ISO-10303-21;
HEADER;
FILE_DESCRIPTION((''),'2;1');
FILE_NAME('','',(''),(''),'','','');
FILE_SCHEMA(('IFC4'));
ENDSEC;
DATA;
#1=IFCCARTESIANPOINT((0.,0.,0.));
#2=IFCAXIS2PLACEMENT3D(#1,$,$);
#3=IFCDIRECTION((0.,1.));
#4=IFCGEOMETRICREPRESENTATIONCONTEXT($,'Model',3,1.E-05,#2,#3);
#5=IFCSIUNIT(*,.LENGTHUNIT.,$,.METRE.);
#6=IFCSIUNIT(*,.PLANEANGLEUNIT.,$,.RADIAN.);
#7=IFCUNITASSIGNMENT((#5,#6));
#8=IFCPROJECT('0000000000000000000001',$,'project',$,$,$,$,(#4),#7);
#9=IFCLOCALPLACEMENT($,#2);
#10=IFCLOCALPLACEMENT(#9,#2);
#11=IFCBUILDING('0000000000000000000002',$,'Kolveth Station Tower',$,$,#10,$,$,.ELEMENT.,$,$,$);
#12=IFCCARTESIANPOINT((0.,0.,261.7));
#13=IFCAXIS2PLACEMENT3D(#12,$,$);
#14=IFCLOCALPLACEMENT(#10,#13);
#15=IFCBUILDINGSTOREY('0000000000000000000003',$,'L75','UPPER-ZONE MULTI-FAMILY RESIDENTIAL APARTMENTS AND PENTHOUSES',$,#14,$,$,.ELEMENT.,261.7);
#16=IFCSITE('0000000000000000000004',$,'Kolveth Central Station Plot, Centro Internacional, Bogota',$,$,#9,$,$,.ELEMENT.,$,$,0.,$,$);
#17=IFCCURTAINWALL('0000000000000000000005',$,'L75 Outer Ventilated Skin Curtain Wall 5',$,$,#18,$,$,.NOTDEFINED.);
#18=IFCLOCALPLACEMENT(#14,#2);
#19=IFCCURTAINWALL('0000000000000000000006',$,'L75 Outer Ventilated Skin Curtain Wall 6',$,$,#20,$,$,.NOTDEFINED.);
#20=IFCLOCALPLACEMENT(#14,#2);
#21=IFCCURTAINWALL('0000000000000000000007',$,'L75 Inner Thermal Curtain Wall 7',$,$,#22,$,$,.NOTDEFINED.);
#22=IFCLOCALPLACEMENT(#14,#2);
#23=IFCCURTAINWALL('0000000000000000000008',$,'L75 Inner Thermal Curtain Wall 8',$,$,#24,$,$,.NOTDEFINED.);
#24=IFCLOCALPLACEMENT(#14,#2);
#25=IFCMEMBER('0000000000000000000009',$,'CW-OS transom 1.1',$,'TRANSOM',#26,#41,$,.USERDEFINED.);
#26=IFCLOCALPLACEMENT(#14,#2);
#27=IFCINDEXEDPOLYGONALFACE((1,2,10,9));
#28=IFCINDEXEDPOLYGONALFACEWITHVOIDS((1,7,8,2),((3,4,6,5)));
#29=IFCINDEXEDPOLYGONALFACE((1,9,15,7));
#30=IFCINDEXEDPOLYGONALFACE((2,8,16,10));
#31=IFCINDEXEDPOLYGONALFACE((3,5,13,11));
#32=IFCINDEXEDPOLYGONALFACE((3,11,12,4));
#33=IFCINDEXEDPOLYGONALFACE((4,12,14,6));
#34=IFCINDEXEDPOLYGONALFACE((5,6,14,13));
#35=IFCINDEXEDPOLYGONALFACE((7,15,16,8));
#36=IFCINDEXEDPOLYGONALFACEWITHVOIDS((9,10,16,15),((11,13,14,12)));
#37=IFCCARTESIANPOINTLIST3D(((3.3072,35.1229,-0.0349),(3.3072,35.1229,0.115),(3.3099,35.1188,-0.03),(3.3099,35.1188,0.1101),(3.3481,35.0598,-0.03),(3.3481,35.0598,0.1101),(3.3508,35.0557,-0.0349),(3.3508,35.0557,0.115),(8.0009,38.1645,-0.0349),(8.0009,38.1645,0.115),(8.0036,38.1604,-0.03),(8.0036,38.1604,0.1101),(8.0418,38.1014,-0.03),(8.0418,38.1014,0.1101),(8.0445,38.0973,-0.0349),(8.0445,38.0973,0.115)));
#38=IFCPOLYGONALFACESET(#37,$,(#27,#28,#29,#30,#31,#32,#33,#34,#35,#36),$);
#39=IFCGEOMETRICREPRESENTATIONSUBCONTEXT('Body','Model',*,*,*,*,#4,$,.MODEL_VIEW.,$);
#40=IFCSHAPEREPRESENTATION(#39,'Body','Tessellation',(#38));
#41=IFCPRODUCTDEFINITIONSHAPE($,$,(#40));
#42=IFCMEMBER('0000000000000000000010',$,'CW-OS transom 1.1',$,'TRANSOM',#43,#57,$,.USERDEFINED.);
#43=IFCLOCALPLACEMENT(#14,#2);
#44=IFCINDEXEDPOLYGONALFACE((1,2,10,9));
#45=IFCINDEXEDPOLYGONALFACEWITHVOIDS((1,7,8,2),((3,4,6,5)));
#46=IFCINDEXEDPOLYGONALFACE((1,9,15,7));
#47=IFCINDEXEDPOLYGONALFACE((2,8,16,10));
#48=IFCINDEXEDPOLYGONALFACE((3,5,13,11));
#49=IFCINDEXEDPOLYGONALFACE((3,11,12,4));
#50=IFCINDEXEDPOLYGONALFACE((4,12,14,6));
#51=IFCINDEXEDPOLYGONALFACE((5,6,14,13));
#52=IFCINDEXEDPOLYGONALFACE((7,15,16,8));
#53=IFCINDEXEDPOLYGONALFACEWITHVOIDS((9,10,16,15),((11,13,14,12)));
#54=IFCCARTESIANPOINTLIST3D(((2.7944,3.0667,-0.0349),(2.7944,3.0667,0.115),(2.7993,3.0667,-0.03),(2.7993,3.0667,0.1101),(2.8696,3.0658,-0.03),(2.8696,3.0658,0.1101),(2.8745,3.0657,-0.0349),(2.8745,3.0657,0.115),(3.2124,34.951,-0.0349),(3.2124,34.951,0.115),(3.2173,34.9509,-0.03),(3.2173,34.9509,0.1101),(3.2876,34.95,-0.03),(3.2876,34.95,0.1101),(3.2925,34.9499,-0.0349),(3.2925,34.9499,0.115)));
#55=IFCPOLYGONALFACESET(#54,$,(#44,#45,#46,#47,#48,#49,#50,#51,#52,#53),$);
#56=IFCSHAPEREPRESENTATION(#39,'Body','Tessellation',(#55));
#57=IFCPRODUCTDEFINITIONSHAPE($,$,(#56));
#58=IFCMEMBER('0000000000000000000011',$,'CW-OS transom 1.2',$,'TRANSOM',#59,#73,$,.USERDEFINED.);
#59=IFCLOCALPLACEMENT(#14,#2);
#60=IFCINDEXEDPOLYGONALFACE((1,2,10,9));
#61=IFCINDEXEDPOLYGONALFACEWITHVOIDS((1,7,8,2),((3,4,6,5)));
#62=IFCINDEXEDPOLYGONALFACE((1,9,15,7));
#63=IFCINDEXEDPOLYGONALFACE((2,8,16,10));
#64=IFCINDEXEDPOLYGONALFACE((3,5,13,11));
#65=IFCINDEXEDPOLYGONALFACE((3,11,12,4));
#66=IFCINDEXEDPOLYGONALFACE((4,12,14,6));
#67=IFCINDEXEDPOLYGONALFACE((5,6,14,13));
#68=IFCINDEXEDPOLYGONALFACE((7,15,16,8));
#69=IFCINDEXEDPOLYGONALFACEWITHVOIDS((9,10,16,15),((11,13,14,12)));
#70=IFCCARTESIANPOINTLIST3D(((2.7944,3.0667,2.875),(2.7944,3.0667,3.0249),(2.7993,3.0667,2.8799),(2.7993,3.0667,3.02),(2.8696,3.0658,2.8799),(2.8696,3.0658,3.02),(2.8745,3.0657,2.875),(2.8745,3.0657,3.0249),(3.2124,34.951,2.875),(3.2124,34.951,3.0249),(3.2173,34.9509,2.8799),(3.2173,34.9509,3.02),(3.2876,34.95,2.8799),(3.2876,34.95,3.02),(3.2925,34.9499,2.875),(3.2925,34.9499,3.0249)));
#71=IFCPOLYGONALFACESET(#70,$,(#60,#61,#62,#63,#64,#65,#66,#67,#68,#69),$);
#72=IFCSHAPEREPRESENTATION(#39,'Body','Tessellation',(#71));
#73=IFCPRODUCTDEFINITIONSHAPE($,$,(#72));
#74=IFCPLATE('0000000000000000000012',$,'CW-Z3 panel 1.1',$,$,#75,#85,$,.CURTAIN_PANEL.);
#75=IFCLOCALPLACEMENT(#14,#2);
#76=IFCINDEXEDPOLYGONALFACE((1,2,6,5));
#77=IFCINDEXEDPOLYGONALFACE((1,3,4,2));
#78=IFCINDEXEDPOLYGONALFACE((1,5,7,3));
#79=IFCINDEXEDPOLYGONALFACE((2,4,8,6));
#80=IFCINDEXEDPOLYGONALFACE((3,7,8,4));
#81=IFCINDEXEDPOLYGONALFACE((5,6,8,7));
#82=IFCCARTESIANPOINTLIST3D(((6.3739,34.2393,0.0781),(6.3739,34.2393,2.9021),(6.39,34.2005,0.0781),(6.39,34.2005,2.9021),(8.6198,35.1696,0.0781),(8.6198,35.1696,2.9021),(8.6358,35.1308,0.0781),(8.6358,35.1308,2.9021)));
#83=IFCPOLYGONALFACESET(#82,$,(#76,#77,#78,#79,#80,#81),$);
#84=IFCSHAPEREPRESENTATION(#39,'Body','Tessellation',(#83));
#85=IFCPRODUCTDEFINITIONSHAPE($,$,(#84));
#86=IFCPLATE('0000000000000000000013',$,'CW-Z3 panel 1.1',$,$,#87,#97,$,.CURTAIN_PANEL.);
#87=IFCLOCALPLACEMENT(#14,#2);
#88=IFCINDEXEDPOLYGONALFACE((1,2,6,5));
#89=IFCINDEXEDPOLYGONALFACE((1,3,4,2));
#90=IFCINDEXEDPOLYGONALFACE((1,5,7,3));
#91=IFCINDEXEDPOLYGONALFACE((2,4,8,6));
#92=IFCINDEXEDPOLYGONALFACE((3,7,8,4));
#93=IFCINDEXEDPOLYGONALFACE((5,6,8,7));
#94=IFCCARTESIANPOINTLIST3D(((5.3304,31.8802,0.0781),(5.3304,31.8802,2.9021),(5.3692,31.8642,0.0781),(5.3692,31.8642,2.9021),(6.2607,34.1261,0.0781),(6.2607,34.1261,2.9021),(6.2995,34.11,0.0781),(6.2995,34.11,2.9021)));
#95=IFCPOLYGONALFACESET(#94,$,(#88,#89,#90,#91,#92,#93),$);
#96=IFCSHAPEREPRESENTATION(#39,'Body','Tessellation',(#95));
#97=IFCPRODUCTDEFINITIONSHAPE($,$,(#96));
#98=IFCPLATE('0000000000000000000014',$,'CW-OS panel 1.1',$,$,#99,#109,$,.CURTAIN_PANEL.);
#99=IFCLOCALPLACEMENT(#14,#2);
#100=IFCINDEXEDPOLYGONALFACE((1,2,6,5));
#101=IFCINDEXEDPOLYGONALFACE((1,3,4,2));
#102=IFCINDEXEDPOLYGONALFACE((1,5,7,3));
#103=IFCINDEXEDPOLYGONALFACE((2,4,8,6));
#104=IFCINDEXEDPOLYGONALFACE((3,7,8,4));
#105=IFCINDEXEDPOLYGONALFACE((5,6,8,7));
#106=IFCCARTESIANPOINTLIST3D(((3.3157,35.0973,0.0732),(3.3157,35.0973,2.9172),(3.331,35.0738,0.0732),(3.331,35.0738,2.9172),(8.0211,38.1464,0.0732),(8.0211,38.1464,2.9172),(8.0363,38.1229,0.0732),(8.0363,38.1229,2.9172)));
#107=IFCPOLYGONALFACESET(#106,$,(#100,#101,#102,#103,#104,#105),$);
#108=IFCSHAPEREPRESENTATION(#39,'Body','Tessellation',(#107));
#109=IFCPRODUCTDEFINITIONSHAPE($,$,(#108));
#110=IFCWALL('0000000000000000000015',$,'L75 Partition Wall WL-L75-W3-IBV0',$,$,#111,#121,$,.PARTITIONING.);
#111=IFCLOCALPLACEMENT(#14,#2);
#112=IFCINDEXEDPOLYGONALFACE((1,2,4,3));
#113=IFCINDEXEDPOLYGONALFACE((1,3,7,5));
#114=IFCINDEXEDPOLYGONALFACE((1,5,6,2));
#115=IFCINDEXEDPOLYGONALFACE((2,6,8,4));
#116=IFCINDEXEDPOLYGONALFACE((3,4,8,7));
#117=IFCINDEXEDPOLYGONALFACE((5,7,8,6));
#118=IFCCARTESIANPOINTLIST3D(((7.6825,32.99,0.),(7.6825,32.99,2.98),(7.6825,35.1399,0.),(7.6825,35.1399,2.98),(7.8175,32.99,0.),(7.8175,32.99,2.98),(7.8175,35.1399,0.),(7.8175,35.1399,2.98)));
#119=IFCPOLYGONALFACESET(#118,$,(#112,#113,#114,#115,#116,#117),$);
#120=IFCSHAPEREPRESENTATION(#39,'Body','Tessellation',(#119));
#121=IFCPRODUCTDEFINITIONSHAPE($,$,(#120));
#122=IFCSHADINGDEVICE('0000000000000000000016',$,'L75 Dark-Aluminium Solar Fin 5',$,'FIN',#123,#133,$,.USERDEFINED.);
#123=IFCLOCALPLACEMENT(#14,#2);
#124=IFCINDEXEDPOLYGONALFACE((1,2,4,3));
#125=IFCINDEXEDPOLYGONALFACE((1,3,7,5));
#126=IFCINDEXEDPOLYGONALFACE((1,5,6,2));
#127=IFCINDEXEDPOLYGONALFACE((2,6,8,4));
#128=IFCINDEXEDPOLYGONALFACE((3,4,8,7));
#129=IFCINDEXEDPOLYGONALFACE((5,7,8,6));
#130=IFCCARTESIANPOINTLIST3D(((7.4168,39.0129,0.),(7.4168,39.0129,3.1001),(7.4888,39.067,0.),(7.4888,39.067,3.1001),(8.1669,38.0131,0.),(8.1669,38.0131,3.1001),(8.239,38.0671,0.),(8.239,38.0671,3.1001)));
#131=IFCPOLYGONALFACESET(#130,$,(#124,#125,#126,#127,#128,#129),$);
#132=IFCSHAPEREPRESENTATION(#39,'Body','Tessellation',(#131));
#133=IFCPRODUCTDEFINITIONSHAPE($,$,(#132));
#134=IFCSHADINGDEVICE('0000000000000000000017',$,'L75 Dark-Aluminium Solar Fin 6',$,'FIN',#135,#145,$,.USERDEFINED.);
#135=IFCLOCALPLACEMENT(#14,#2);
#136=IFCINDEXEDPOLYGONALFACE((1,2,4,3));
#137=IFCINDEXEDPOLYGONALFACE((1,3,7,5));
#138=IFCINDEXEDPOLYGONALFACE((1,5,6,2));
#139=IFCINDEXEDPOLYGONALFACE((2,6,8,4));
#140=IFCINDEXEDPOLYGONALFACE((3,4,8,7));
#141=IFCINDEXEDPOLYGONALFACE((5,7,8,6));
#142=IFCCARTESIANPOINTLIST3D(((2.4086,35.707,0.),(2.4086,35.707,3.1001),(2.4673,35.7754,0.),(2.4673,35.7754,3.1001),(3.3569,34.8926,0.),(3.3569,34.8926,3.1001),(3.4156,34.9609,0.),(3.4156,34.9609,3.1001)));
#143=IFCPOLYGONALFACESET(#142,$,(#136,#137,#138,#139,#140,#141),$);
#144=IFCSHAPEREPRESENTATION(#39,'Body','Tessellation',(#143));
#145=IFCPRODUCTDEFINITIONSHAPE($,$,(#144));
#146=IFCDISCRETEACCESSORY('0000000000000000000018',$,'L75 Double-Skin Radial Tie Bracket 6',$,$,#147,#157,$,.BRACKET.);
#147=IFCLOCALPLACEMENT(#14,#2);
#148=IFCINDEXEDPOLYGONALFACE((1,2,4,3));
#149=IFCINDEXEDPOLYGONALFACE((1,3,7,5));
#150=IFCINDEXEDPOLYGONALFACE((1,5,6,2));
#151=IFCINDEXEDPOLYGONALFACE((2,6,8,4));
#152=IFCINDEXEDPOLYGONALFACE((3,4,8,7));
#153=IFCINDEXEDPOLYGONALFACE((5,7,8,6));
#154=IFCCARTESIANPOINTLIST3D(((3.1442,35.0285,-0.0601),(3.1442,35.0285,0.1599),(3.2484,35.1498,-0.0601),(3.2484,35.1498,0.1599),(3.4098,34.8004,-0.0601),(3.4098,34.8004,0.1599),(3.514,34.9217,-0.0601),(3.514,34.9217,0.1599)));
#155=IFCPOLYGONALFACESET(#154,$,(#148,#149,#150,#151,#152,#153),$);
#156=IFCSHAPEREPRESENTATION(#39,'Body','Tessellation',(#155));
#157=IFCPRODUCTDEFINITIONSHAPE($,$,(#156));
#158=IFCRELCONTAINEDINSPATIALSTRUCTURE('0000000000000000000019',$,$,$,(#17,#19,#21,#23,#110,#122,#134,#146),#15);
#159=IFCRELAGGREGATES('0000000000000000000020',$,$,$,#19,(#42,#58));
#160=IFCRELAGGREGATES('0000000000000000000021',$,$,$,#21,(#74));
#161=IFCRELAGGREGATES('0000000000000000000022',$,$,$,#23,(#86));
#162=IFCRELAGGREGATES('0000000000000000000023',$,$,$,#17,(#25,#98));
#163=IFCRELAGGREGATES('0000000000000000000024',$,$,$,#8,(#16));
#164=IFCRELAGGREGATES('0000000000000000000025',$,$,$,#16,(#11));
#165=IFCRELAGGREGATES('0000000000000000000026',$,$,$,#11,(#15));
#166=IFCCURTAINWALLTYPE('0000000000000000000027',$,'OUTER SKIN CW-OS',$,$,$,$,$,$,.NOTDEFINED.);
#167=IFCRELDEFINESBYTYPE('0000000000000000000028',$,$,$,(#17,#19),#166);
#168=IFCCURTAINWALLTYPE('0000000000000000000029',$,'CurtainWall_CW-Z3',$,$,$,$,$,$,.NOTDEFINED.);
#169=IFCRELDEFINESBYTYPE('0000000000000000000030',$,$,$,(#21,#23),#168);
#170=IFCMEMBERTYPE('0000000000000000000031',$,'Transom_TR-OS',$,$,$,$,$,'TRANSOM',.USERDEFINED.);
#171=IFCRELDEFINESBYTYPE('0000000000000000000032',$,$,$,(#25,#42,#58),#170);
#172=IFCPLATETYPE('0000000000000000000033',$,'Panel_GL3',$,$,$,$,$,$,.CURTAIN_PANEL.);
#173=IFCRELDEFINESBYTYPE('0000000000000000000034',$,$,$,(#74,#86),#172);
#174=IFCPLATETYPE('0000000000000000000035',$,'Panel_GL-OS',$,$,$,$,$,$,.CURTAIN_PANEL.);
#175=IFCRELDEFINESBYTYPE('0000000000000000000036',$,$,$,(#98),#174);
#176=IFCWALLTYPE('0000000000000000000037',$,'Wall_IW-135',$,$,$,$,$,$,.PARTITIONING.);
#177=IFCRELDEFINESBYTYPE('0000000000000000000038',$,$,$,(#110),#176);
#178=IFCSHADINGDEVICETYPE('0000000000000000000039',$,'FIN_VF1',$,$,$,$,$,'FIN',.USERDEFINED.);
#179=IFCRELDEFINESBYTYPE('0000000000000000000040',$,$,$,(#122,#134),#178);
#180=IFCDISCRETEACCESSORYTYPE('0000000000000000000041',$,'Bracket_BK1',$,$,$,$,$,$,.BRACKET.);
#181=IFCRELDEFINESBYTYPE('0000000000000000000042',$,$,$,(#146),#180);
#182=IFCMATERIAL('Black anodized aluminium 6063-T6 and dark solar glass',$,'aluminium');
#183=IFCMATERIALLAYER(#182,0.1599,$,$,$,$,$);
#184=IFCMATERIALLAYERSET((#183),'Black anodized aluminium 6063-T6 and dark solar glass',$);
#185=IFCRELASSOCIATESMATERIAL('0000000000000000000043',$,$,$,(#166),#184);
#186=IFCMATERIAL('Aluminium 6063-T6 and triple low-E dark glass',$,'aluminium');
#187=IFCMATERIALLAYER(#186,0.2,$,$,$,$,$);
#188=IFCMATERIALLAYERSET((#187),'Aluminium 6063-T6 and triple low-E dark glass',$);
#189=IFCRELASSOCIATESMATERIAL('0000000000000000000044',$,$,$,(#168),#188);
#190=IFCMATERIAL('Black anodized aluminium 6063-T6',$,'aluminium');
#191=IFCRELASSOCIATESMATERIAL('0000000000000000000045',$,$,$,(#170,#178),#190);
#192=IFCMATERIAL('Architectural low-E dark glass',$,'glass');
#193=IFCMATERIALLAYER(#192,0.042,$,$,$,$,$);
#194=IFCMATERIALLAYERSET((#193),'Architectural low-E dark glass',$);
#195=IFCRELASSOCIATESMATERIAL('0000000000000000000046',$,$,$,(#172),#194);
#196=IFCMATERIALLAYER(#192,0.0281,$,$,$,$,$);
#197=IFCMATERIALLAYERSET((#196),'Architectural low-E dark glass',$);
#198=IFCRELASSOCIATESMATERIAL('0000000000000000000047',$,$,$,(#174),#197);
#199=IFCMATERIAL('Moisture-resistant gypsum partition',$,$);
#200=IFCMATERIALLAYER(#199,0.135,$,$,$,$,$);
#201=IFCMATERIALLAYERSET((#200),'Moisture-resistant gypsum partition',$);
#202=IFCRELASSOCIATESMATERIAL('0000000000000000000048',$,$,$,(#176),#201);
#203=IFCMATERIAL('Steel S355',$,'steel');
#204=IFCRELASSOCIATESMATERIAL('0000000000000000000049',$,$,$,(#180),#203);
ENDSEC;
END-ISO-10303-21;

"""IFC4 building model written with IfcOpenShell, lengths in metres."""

from ifc_helpers import new_model, si_unit, direction, frame, frame_2d, origin, origin_2d, place, context, subcontext, project, spatial, rectangle, hollow_rectangle, extrude, source, transform, mapped, material, layer, layer_set, material_profile, profile_set, type_object, element, aggregate, save


model = new_model("IFC4")

# Units and contexts
model_context = context("Model", 3, precision=1e-05, world=origin(), true_north=direction((0.0, 1.0)))
body_context = subcontext(model_context, "Body", "Model", "MODEL_VIEW")
ifc_project = project(units=[si_unit("LENGTHUNIT", "METRE"), si_unit("PLANEANGLEUNIT", "RADIAN")], contexts=[model_context])

# Site, building, storey
site_placement = place(None, origin())
site = spatial("IfcSite", under=ifc_project, at=site_placement, Name="Kolveth Central Station Plot, Centro Internacional, Bogota", CompositionType="ELEMENT", RefElevation=0.0)
building_placement = place(site_placement, origin())
building = spatial("IfcBuilding", under=site, at=building_placement, Name="Kolveth Station Tower", CompositionType="ELEMENT")
storey_placement = place(building_placement, frame((0.0, 0.0, 261.7)))
storey = spatial("IfcBuildingStorey", under=building, at=storey_placement, Name="L75", Description="UPPER-ZONE MULTI-FAMILY RESIDENTIAL APARTMENTS AND PENTHOUSES", CompositionType="ELEMENT", Elevation=261.7)

# Curtain walls
ifc_material_1 = material(Name="Black anodized aluminium 6063-T6 and dark solar glass", Category="aluminium")
ifc_layer_1 = layer(ifc_material_1, 0.1599)
ifc_layer_set_1 = layer_set([ifc_layer_1], Name="Black anodized aluminium 6063-T6 and dark solar glass")
curtain_wall_type_1 = type_object("IfcCurtainWallType", Name="OUTER SKIN CW-OS", PredefinedType="NOTDEFINED", material=ifc_layer_set_1)
curtain_wall_1_placement = place(storey_placement, origin())
curtain_wall_1 = element("IfcCurtainWall", 1, at=curtain_wall_1_placement, inside=storey, type_object=curtain_wall_type_1, Name="L75 Outer Ventilated Skin Curtain Wall 5", PredefinedType="NOTDEFINED")
ifc_material_2 = material(Name="Black anodized aluminium 6063-T6", Category="aluminium")
curtain_wall_2_placement = place(storey_placement, origin())
curtain_wall_2 = element("IfcCurtainWall", 2, at=curtain_wall_2_placement, inside=storey, type_object=curtain_wall_type_1, Name="L75 Outer Ventilated Skin Curtain Wall 6", PredefinedType="NOTDEFINED")
ifc_material_3 = material(Name="Aluminium 6063-T6 and triple low-E dark glass", Category="aluminium")
ifc_layer_2 = layer(ifc_material_3, 0.2)
ifc_layer_set_2 = layer_set([ifc_layer_2], Name="Aluminium 6063-T6 and triple low-E dark glass")
curtain_wall_type_2 = type_object("IfcCurtainWallType", Name="CurtainWall_CW-Z3", PredefinedType="NOTDEFINED", material=ifc_layer_set_2)
curtain_wall_3_placement = place(storey_placement, origin())
curtain_wall_3 = element("IfcCurtainWall", 3, at=curtain_wall_3_placement, inside=storey, type_object=curtain_wall_type_2, Name="L75 Inner Thermal Curtain Wall 7", PredefinedType="NOTDEFINED")

# Curtain wall
curtain_wall_4_placement = place(storey_placement, origin())
curtain_wall_4 = element("IfcCurtainWall", 4, at=curtain_wall_4_placement, inside=storey, type_object=curtain_wall_type_2, Name="L75 Inner Thermal Curtain Wall 8", PredefinedType="NOTDEFINED")

# Members
ifc_material_profile_1 = material_profile(ifc_material_2, hollow_rectangle(XDim=0.0801, YDim=0.1499, WallThickness=0.0049, at=origin_2d()), Name="ALU-80x150x5")
ifc_profile_set_1 = profile_set([ifc_material_profile_1], Name="Black anodized aluminium 6063-T6")
member_type_1 = type_object("IfcMemberType", Name="Transom_TR-OS", ElementType="TRANSOM", PredefinedType="USERDEFINED", material=ifc_profile_set_1)
shared_shape_1 = source(origin(), body_context, "Body", "SweptSolid", [
    extrude(hollow_rectangle(XDim=0.0801, YDim=0.1499, WallThickness=0.0049, at=origin_2d()), origin(), (0.0, 0.0, 1.0), 5.593),
])
member_1_placement = place(storey_placement, frame((8.0227, 38.1309, 0.04), z_axis=(-0.839206, -0.543814, 0.0), x_axis=(0.543814, -0.839206, 0.0)))
member_1 = element("IfcMember", 5, at=member_1_placement, type_object=member_type_1, Name="CW-OS transom 1.1", ObjectType="TRANSOM", PredefinedType="USERDEFINED", context=body_context, shape_type="MappedRepresentation", body=[
    mapped(shared_shape_1, transform((0.0, 0.0, 0.0), x_axis=(1.0, 0.0, 0.0), y_axis=(0.0, 1.0, 0.0), z_axis=(0.0, 0.0, 1.0), scale=1.0)),
])
shared_shape_2 = source(origin(), body_context, "Body", "SweptSolid", [
    extrude(hollow_rectangle(XDim=0.0801, YDim=0.1499, WallThickness=0.0049, at=origin_2d()), origin(), (0.0, 0.0, 1.0), 31.887),
])
member_2_placement = place(storey_placement, frame((3.2524, 34.9504, 0.04), z_axis=(-0.013108, -0.999914, 0.0), x_axis=(0.999914, -0.013108, 0.0)))
member_2 = element("IfcMember", 6, at=member_2_placement, type_object=member_type_1, Name="CW-OS transom 1.1", ObjectType="TRANSOM", PredefinedType="USERDEFINED", context=body_context, shape_type="MappedRepresentation", body=[
    mapped(shared_shape_2, transform((0.0, 0.0, 0.0), x_axis=(1.0, 0.0, 0.0), y_axis=(0.0, 1.0, 0.0), z_axis=(0.0, 0.0, 1.0), scale=1.0)),
])
member_3_placement = place(storey_placement, frame((3.2524, 34.9504, 2.95), z_axis=(-0.013108, -0.999914, 0.0), x_axis=(0.999914, -0.013108, 0.0)))
member_3 = element("IfcMember", 7, at=member_3_placement, type_object=member_type_1, Name="CW-OS transom 1.2", ObjectType="TRANSOM", PredefinedType="USERDEFINED", context=body_context, shape_type="MappedRepresentation", body=[
    mapped(shared_shape_2, transform((0.0, 0.0, 0.0), x_axis=(1.0, 0.0, 0.0), y_axis=(0.0, 1.0, 0.0), z_axis=(0.0, 0.0, 1.0), scale=1.0)),
])
aggregate(curtain_wall_2, [member_2, member_3])

# Plates
ifc_material_4 = material(Name="Architectural low-E dark glass", Category="glass")
ifc_layer_3 = layer(ifc_material_4, 0.042)
ifc_layer_set_3 = layer_set([ifc_layer_3], Name="Architectural low-E dark glass")
plate_type_1 = type_object("IfcPlateType", Name="Panel_GL3", PredefinedType="CURTAIN_PANEL", material=ifc_layer_set_3)
shared_shape_3 = source(origin(), body_context, "Body", "SweptSolid", [
    extrude(rectangle(XDim=2.4309, YDim=0.042, at=origin_2d()), origin(), (0.0, 0.0, 1.0), 2.824),
])
plate_1_placement = place(storey_placement, frame((7.5049, 34.6851, 0.0781), z_axis=(0.0, 0.0, 1.0), x_axis=(-0.923875, -0.382693, 0.0)))
plate_1 = element("IfcPlate", 8, at=plate_1_placement, type_object=plate_type_1, Name="CW-Z3 panel 1.1", PredefinedType="CURTAIN_PANEL", context=body_context, shape_type="MappedRepresentation", body=[
    mapped(shared_shape_3, transform((0.0, 0.0, 0.0), x_axis=(1.0, 0.0, 0.0), y_axis=(0.0, 1.0, 0.0), z_axis=(0.0, 0.0, 1.0), scale=1.0)),
])
aggregate(curtain_wall_3, [plate_1])
plate_2_placement = place(storey_placement, frame((5.8149, 32.9951, 0.0781), z_axis=(0.0, 0.0, 1.0), x_axis=(-0.382693, -0.923875, 0.0)))
plate_2 = element("IfcPlate", 9, at=plate_2_placement, type_object=plate_type_1, Name="CW-Z3 panel 1.1", PredefinedType="CURTAIN_PANEL", context=body_context, shape_type="MappedRepresentation", body=[
    mapped(shared_shape_3, transform((0.0, 0.0, 0.0), x_axis=(1.0, 0.0, 0.0), y_axis=(0.0, 1.0, 0.0), z_axis=(0.0, 0.0, 1.0), scale=1.0)),
])
aggregate(curtain_wall_4, [plate_2])
ifc_layer_4 = layer(ifc_material_4, 0.0281)
ifc_layer_set_4 = layer_set([ifc_layer_4], Name="Architectural low-E dark glass")
plate_type_2 = type_object("IfcPlateType", Name="Panel_GL-OS", PredefinedType="CURTAIN_PANEL", material=ifc_layer_set_4)
shared_shape_4 = source(origin(), body_context, "Body", "SweptSolid", [
    extrude(rectangle(XDim=5.6069, YDim=0.0281, at=origin_2d()), origin(), (0.0, 0.0, 1.0), 2.844),
])
plate_3_placement = place(storey_placement, frame((5.676, 36.6101, 0.0732), z_axis=(0.0, 0.0, 1.0), x_axis=(-0.839207, -0.543812, 0.0)))
plate_3 = element("IfcPlate", 10, at=plate_3_placement, type_object=plate_type_2, Name="CW-OS panel 1.1", PredefinedType="CURTAIN_PANEL", context=body_context, shape_type="MappedRepresentation", body=[
    mapped(shared_shape_4, transform((0.0, 0.0, 0.0), x_axis=(1.0, 0.0, 0.0), y_axis=(0.0, 1.0, 0.0), z_axis=(0.0, 0.0, 1.0), scale=1.0)),
])
aggregate(curtain_wall_1, [member_1, plate_3])

# Shared definitions
ifc_material_5 = material(Name="Moisture-resistant gypsum partition")
ifc_layer_5 = layer(ifc_material_5, 0.135)
ifc_layer_set_5 = layer_set([ifc_layer_5], Name="Moisture-resistant gypsum partition")
wall_type = type_object("IfcWallType", Name="Wall_IW-135", PredefinedType="PARTITIONING", material=ifc_layer_set_5)

# Wall
wall_1_placement = place(storey_placement, frame((7.75, 32.99, 0.0), z_axis=(0.0, 0.0, 1.0), x_axis=(0.0, 1.0, 0.0)))
element("IfcWall", 11, at=wall_1_placement, inside=storey, type_object=wall_type, Name="L75 Partition Wall WL-L75-W3-IBV0", PredefinedType="PARTITIONING", context=body_context, shape_type="SweptSolid", body=[
    extrude(rectangle(XDim=2.1499, YDim=0.135, at=frame_2d((1.075, 0.0))), origin(), (0.0, 0.0, 1.0), 2.98),
])

# Shading devices
shading_device_type = type_object("IfcShadingDeviceType", Name="FIN_VF1", ElementType="FIN", PredefinedType="USERDEFINED", material=ifc_material_2)
shared_shape_5 = source(origin(), body_context, "Body", "SweptSolid", [
    extrude(rectangle(XDim=1.25, YDim=0.0901, at=origin_2d()), origin(), (0.0, 0.0, 1.0), 3.1001),
])
for number, where, z_axis, x_axis, name in (
    (12, (7.8279, 38.54, 0.0), (0.0, 0.0, 1.0), (-0.600141, 0.799894, 0.0), "L75 Dark-Aluminium Solar Fin 5"),
    (13, (2.9121, 35.334, 0.0), (0.0, 0.0, 1.0), (-0.758589, 0.651569, 0.0), "L75 Dark-Aluminium Solar Fin 6"),
):
    element("IfcShadingDevice", number, at=place(storey_placement, frame(where, z_axis=z_axis, x_axis=x_axis)), inside=storey, type_object=shading_device_type, Name=name, ObjectType="FIN", PredefinedType="USERDEFINED", context=body_context, shape_type="MappedRepresentation", body=[
        mapped(shared_shape_5, transform((0.0, 0.0, 0.0), x_axis=(1.0, 0.0, 0.0), y_axis=(0.0, 1.0, 0.0), z_axis=(0.0, 0.0, 1.0), scale=1.0)),
    ])

# Discrete accessory
ifc_material_6 = material(Name="Steel S355", Category="steel")
discrete_accessory_type = type_object("IfcDiscreteAccessoryType", Name="Bracket_BK1", PredefinedType="BRACKET", material=ifc_material_6)
shared_shape_6 = source(origin(), body_context, "Body", "SweptSolid", [
    extrude(rectangle(XDim=0.3501, YDim=0.1599, at=origin_2d()), origin(), (0.0, 0.0, 1.0), 0.22),
])
discrete_accessory_placement = place(storey_placement, frame((3.3291, 34.9751, -0.0601), z_axis=(0.0, 0.0, 1.0), x_axis=(-0.758589, 0.651569, 0.0)))
element("IfcDiscreteAccessory", 14, at=discrete_accessory_placement, inside=storey, type_object=discrete_accessory_type, Name="L75 Double-Skin Radial Tie Bracket 6", PredefinedType="BRACKET", context=body_context, shape_type="MappedRepresentation", body=[
    mapped(shared_shape_6, transform((0.0, 0.0, 0.0), x_axis=(1.0, 0.0, 0.0), y_axis=(0.0, 1.0, 0.0), z_axis=(0.0, 0.0, 1.0), scale=1.0)),
])

save(model, "model.ifc")
